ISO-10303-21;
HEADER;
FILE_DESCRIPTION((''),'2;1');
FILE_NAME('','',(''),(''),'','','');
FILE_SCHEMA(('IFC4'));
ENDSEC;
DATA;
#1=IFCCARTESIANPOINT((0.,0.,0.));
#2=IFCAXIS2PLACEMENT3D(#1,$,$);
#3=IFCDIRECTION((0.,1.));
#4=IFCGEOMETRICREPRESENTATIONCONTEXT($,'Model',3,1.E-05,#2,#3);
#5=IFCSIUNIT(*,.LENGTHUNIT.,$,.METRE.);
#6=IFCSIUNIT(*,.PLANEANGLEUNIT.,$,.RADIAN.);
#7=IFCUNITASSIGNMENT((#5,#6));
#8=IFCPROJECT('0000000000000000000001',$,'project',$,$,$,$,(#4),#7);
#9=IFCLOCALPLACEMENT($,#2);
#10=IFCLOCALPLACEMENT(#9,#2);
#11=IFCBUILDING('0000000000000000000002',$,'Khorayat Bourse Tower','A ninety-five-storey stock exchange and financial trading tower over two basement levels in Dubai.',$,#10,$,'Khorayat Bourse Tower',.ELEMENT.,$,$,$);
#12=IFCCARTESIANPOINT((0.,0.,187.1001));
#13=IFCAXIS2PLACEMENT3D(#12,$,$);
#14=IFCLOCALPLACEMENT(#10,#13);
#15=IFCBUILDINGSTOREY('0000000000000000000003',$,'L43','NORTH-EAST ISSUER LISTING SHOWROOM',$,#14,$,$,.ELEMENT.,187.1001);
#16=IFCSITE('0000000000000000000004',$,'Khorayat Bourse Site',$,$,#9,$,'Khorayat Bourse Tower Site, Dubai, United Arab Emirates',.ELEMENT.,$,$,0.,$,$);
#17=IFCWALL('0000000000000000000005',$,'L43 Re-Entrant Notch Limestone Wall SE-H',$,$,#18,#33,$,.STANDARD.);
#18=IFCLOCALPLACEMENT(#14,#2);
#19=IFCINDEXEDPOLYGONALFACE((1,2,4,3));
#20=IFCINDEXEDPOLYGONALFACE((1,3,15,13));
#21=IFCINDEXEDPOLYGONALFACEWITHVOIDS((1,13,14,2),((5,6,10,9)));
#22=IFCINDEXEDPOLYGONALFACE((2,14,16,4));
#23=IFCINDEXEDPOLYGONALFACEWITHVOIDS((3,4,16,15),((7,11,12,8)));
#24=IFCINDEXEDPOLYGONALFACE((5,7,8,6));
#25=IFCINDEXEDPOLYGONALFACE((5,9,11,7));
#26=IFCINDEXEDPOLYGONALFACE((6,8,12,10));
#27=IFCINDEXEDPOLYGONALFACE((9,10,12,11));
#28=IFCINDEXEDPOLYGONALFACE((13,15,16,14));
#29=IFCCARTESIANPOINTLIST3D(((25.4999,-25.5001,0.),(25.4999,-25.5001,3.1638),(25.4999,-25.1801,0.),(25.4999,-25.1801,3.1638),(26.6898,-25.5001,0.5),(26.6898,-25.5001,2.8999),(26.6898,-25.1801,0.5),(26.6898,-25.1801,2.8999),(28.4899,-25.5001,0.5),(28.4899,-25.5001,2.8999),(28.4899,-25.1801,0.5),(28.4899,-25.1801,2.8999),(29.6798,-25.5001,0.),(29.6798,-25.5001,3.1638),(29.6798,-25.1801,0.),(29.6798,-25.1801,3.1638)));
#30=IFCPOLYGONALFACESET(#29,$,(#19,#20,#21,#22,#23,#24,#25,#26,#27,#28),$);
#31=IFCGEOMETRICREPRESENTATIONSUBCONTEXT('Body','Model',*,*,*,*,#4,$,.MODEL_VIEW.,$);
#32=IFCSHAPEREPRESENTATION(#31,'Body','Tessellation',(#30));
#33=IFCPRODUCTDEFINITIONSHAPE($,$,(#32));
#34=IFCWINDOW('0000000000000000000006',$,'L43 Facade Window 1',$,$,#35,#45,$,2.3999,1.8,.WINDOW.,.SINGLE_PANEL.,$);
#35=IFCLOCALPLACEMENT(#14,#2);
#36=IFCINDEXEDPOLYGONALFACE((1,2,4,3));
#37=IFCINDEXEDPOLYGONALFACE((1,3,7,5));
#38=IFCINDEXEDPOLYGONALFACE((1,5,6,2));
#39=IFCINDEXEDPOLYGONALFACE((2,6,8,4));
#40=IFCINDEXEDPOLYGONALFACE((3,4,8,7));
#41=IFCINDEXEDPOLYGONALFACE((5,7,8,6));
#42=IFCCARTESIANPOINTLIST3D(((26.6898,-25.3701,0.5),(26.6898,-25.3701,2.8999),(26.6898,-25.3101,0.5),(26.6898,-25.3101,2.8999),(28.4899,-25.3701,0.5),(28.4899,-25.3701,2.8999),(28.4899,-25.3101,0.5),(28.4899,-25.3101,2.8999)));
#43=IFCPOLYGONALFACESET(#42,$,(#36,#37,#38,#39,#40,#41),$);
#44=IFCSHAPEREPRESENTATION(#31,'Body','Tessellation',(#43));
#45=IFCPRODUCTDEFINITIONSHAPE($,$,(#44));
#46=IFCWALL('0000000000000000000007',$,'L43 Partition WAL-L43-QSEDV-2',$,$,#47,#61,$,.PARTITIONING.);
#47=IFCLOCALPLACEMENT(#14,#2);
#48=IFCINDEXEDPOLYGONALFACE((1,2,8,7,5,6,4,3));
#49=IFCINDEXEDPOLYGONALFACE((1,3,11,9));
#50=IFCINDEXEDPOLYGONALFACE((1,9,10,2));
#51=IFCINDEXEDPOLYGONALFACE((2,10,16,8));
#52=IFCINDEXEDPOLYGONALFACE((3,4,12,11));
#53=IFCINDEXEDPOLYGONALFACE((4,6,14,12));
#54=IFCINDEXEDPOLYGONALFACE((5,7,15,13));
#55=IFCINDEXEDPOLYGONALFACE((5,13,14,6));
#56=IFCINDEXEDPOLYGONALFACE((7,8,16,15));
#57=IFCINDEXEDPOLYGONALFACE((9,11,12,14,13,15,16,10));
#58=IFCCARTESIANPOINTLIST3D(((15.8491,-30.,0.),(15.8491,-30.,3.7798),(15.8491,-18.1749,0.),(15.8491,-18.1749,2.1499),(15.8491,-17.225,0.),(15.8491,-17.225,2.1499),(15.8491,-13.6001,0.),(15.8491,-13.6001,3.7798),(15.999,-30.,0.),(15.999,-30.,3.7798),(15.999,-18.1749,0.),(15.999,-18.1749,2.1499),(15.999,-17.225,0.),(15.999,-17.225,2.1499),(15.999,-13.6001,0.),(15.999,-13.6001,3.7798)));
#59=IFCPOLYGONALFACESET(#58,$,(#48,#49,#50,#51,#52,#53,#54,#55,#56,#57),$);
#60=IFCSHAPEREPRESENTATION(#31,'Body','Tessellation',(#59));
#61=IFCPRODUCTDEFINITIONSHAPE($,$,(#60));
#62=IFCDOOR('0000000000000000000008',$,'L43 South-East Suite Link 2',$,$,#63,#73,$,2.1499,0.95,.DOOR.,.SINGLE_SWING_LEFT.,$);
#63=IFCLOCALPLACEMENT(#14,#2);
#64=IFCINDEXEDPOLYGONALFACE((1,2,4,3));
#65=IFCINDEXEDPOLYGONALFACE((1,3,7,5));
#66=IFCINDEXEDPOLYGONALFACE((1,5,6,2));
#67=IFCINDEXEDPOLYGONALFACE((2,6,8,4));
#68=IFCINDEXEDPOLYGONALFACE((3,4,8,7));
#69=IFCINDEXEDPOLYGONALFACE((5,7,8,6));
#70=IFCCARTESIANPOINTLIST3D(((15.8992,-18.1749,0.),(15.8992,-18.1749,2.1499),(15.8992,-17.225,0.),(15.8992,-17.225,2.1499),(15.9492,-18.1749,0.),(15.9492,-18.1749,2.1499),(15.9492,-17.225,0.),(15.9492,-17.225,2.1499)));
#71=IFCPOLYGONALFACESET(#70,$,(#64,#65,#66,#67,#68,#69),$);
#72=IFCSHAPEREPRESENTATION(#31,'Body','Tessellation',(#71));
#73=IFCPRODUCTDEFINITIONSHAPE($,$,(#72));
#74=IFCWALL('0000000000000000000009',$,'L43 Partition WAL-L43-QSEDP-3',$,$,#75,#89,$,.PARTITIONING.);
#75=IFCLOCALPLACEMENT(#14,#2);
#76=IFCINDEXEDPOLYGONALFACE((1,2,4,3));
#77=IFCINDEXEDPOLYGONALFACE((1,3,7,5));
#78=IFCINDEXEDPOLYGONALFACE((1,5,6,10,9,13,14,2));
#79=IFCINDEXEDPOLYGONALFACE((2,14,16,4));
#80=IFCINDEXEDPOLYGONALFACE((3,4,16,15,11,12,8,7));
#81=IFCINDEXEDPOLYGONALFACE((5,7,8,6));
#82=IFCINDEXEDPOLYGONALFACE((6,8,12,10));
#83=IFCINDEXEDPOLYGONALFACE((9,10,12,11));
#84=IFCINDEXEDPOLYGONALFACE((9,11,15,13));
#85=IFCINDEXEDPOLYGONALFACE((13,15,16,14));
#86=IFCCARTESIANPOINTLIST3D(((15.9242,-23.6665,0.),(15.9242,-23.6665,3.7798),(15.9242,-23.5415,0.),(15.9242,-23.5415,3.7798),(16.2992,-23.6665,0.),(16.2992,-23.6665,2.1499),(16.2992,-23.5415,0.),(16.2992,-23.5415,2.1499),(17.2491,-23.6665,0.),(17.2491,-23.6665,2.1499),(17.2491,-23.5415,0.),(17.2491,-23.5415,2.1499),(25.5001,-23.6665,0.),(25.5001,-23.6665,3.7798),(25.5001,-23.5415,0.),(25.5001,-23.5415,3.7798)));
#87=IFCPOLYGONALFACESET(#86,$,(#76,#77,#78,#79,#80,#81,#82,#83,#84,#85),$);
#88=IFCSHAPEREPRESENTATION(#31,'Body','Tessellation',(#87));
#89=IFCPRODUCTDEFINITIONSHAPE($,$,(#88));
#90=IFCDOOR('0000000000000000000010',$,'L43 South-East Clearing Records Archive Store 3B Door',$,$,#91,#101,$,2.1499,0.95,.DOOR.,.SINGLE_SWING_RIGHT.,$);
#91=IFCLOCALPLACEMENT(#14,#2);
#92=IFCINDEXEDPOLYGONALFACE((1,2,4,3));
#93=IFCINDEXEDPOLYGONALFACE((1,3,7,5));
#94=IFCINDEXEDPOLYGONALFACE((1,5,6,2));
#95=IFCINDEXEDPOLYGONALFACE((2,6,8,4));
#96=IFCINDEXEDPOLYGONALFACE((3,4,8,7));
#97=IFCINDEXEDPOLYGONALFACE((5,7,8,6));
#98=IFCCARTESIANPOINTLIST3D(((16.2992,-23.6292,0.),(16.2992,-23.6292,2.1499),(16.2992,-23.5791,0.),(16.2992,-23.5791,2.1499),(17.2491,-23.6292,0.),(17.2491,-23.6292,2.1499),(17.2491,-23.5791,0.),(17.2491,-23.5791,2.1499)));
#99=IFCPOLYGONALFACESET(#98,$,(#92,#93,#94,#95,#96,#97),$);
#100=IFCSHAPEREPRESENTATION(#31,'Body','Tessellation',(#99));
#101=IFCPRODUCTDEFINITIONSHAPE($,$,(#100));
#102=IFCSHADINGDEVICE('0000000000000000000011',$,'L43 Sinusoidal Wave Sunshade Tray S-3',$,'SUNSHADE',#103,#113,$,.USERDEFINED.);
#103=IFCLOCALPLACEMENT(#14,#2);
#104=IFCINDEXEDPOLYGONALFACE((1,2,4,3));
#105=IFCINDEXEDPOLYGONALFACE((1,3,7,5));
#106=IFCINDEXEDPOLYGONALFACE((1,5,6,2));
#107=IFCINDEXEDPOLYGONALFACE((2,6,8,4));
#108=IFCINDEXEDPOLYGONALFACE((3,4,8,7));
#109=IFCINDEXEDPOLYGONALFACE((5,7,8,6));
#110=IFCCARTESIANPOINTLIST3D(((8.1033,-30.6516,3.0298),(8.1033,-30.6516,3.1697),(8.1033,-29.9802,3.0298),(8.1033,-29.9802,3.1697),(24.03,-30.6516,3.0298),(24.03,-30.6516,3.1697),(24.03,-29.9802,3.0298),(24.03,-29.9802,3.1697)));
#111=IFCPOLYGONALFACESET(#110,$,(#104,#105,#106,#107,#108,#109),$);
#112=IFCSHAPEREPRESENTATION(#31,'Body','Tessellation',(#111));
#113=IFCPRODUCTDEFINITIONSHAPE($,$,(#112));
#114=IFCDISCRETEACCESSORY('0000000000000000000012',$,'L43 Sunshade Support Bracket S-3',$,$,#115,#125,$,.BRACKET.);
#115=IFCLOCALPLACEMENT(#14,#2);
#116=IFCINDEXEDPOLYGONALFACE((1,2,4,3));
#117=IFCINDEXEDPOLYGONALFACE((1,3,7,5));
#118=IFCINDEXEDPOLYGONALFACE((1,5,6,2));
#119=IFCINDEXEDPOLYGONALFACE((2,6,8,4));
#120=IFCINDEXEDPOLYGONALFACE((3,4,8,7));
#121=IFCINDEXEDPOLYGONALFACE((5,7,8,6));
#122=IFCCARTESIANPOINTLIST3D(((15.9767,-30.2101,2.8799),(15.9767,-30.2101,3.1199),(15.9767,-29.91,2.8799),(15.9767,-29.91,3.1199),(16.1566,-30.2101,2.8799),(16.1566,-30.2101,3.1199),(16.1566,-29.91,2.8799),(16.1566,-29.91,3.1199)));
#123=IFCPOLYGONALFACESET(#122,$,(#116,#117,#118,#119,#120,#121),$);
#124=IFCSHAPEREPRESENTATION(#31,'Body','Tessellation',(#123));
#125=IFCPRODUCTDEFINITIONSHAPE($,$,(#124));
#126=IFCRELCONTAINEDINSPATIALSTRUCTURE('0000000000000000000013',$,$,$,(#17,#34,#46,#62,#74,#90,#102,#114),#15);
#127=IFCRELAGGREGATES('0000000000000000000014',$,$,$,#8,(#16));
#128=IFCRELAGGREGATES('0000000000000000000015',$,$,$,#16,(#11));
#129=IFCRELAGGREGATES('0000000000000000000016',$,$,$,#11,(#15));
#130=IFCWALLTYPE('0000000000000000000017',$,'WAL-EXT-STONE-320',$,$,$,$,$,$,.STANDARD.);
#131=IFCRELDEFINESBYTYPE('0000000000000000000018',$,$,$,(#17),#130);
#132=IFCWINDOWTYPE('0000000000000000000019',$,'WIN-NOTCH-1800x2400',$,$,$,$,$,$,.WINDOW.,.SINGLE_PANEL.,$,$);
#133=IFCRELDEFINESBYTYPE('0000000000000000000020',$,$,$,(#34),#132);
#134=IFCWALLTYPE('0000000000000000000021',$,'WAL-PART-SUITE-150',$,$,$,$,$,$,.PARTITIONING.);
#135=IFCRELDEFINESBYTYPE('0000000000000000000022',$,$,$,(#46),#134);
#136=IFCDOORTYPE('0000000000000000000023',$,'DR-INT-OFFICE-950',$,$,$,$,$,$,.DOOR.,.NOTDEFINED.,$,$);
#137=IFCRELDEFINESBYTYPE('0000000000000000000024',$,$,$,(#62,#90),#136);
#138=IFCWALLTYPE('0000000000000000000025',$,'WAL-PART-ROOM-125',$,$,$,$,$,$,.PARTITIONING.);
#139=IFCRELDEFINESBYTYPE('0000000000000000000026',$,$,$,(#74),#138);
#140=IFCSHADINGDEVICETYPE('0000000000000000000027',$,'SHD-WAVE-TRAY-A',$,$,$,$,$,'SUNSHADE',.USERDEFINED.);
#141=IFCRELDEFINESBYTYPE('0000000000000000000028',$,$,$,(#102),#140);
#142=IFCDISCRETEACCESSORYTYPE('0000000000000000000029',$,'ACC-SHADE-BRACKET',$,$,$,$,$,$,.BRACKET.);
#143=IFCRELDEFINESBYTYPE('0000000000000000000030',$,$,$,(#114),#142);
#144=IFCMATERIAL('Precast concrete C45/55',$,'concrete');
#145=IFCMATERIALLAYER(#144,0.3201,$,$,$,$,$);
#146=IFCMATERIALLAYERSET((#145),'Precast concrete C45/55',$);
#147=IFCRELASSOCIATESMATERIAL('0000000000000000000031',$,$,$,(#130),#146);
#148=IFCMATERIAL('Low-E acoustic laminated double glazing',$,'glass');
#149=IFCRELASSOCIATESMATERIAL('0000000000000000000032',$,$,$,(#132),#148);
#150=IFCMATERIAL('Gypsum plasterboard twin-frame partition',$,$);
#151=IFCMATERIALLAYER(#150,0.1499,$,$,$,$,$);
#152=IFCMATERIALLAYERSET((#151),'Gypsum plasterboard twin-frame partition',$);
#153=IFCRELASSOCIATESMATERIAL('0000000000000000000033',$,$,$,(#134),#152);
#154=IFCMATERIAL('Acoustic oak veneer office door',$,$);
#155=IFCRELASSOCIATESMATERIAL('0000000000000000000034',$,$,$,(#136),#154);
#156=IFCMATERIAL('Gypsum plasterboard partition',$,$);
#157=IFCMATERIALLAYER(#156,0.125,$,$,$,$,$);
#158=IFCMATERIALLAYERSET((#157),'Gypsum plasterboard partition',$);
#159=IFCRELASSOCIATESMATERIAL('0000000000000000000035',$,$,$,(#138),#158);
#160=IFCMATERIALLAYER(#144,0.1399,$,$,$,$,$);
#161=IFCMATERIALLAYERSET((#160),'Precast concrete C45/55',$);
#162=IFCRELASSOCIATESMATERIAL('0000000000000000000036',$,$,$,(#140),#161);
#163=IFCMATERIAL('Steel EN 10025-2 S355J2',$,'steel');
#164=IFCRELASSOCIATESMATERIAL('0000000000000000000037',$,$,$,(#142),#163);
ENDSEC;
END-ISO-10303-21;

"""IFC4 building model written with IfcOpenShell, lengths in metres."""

from ifc_helpers import new_model, si_unit, direction, frame, frame_2d, origin, origin_2d, place, context, subcontext, project, spatial, rectangle, extrude, source, transform, mapped, material, layer, layer_set, type_object, element, fill, save


model = new_model("IFC4")

# Units and contexts
model_context = context("Model", 3, precision=1e-05, world=origin(), true_north=direction((0.0, 1.0)))
body_context = subcontext(model_context, "Body", "Model", "MODEL_VIEW")
ifc_project = project(units=[si_unit("LENGTHUNIT", "METRE"), si_unit("PLANEANGLEUNIT", "RADIAN")], contexts=[model_context])

# Site, building, storey
site_placement = place(None, origin())
site = spatial("IfcSite", under=ifc_project, at=site_placement, Name="Khorayat Bourse Site", LongName="Khorayat Bourse Tower Site, Dubai, United Arab Emirates", CompositionType="ELEMENT", RefElevation=0.0)
building_placement = place(site_placement, origin())
building = spatial("IfcBuilding", under=site, at=building_placement, Name="Khorayat Bourse Tower", Description="A ninety-five-storey stock exchange and financial trading tower over two basement levels in Dubai.", LongName="Khorayat Bourse Tower", CompositionType="ELEMENT")
storey_placement = place(building_placement, frame((0.0, 0.0, 187.1001)))
storey = spatial("IfcBuildingStorey", under=building, at=storey_placement, Name="L43", Description="NORTH-EAST ISSUER LISTING SHOWROOM", CompositionType="ELEMENT", Elevation=187.1001)

# Wall, opening, window
ifc_material_1 = material(Name="Precast concrete C45/55", Category="concrete")
ifc_layer_1 = layer(ifc_material_1, 0.3201)
ifc_layer_set_1 = layer_set([ifc_layer_1], Name="Precast concrete C45/55")
wall_type_1 = type_object("IfcWallType", Name="WAL-EXT-STONE-320", PredefinedType="STANDARD", material=ifc_layer_set_1)
shared_shape_1 = source(origin(), body_context, "Body", "SweptSolid", [
    extrude(rectangle(XDim=4.1799, YDim=0.3201, at=frame_2d((2.0898, 0.0))), origin(), (0.0, 0.0, 1.0), 3.1638),
])
shared_shape_2 = source(origin(), body_context, "Body", "SweptSolid", [
    extrude(rectangle(XDim=1.8, YDim=2.3999, at=frame_2d((0.8999, 1.2))), frame((0.0, 0.1699, 0.0), z_axis=(0.0, -1.0, 0.0), x_axis=(1.0, 0.0, 0.0)), (0.0, 0.0, 1.0), 0.3401),
])
ifc_material_2 = material(Name="Low-E acoustic laminated double glazing", Category="glass")
window_type = type_object("IfcWindowType", Name="WIN-NOTCH-1800x2400", PartitioningType="SINGLE_PANEL", PredefinedType="WINDOW", material=ifc_material_2)
shared_shape_3 = source(origin(), body_context, "Body", "SweptSolid", [
    extrude(rectangle(XDim=1.8, YDim=2.3999, at=frame_2d((0.8999, 1.2))), frame((0.0, 0.03, 0.0), z_axis=(0.0, -1.0, 0.0), x_axis=(1.0, 0.0, 0.0)), (0.0, 0.0, 1.0), 0.0601),
])
wall_1_placement = place(storey_placement, frame((25.5, -25.3401, 0.0), z_axis=(0.0, 0.0, 1.0), x_axis=(1.0, 0.0, 0.0)))
wall_1 = element("IfcWall", 1, at=wall_1_placement, inside=storey, type_object=wall_type_1, Name="L43 Re-Entrant Notch Limestone Wall SE-H", PredefinedType="STANDARD", context=body_context, shape_type="MappedRepresentation", body=[
    mapped(shared_shape_1, transform((0.0, 0.0, 0.0), scale=1.0)),
])
opening_1_placement = place(wall_1_placement, frame((1.1899, 0.0, 0.5)))
opening_1 = element("IfcOpeningElement", 2, at=opening_1_placement, cuts=wall_1, PredefinedType="OPENING", context=body_context, shape_type="MappedRepresentation", body=[
    mapped(shared_shape_2, transform((0.0, 0.0, 0.0), scale=1.0)),
])
window_1_placement = place(opening_1_placement, origin())
window_1 = element("IfcWindow", 3, at=window_1_placement, inside=storey, type_object=window_type, Name="L43 Facade Window 1", OverallHeight=2.3999, OverallWidth=1.8, PartitioningType="SINGLE_PANEL", PredefinedType="WINDOW", context=body_context, shape_type="MappedRepresentation", body=[
    mapped(shared_shape_3, transform((0.0, 0.0, 0.0), scale=1.0)),
])
fill(opening_1, window_1)

# Walls, openings, doors
ifc_material_3 = material(Name="Gypsum plasterboard twin-frame partition")
ifc_layer_2 = layer(ifc_material_3, 0.1499)
ifc_layer_set_2 = layer_set([ifc_layer_2], Name="Gypsum plasterboard twin-frame partition")
wall_type_2 = type_object("IfcWallType", Name="WAL-PART-SUITE-150", PredefinedType="PARTITIONING", material=ifc_layer_set_2)
shared_shape_4 = source(origin(), body_context, "Body", "SweptSolid", [
    extrude(rectangle(XDim=16.3999, YDim=0.1499, at=frame_2d((8.2, 0.0))), origin(), (0.0, 0.0, 1.0), 3.7798),
])
wall_2_placement = place(storey_placement, frame((15.9241, -30.0, 0.0), z_axis=(0.0, 0.0, 1.0), x_axis=(0.0, 1.0, 0.0)))
wall_2 = element("IfcWall", 4, at=wall_2_placement, inside=storey, type_object=wall_type_2, Name="L43 Partition WAL-L43-QSEDV-2", PredefinedType="PARTITIONING", context=body_context, shape_type="MappedRepresentation", body=[
    mapped(shared_shape_4, transform((0.0, 0.0, 0.0), scale=1.0)),
])
shared_shape_5 = source(origin(), body_context, "Body", "SweptSolid", [
    extrude(rectangle(XDim=0.95, YDim=2.1499, at=frame_2d((0.4751, 1.075))), frame((0.0, 0.085, 0.0), z_axis=(0.0, -1.0, 0.0), x_axis=(1.0, 0.0, 0.0)), (0.0, 0.0, 1.0), 0.1699),
])
opening_2_placement = place(wall_2_placement, frame((11.825, 0.0, 0.0)))
opening_2 = element("IfcOpeningElement", 5, at=opening_2_placement, cuts=wall_2, PredefinedType="OPENING", context=body_context, shape_type="MappedRepresentation", body=[
    mapped(shared_shape_5, transform((0.0, 0.0, 0.0), scale=1.0)),
])
ifc_material_4 = material(Name="Acoustic oak veneer office door")
door_type = type_object("IfcDoorType", Name="DR-INT-OFFICE-950", OperationType="NOTDEFINED", PredefinedType="DOOR", material=ifc_material_4)
shared_shape_6 = source(origin(), body_context, "Body", "SweptSolid", [
    extrude(rectangle(XDim=0.95, YDim=2.1499, at=frame_2d((0.4751, 1.075))), frame((0.0, 0.0249, 0.0), z_axis=(0.0, -1.0, 0.0), x_axis=(1.0, 0.0, 0.0)), (0.0, 0.0, 1.0), 0.05),
])
door_1_placement = place(opening_2_placement, origin())
door_1 = element("IfcDoor", 6, at=door_1_placement, inside=storey, type_object=door_type, Name="L43 South-East Suite Link 2", OperationType="SINGLE_SWING_LEFT", OverallHeight=2.1499, OverallWidth=0.95, PredefinedType="DOOR", context=body_context, shape_type="MappedRepresentation", body=[
    mapped(shared_shape_6, transform((0.0, 0.0, 0.0), scale=1.0)),
])
fill(opening_2, door_1)
ifc_material_5 = material(Name="Gypsum plasterboard partition")
ifc_layer_3 = layer(ifc_material_5, 0.125)
ifc_layer_set_3 = layer_set([ifc_layer_3], Name="Gypsum plasterboard partition")
wall_type_3 = type_object("IfcWallType", Name="WAL-PART-ROOM-125", PredefinedType="PARTITIONING", material=ifc_layer_set_3)
shared_shape_7 = source(origin(), body_context, "Body", "SweptSolid", [
    extrude(rectangle(XDim=9.5759, YDim=0.125, at=frame_2d((4.7881, 0.0))), origin(), (0.0, 0.0, 1.0), 3.7798),
])
wall_3_placement = place(storey_placement, frame((15.9241, -23.604, 0.0), z_axis=(0.0, 0.0, 1.0), x_axis=(1.0, 0.0, 0.0)))
wall_3 = element("IfcWall", 7, at=wall_3_placement, inside=storey, type_object=wall_type_3, Name="L43 Partition WAL-L43-QSEDP-3", PredefinedType="PARTITIONING", context=body_context, shape_type="MappedRepresentation", body=[
    mapped(shared_shape_7, transform((0.0, 0.0, 0.0), scale=1.0)),
])
shared_shape_8 = source(origin(), body_context, "Body", "SweptSolid", [
    extrude(rectangle(XDim=0.95, YDim=2.1499, at=frame_2d((0.4751, 1.075))), frame((0.0, 0.0725, 0.0), z_axis=(0.0, -1.0, 0.0), x_axis=(1.0, 0.0, 0.0)), (0.0, 0.0, 1.0), 0.145),
])
opening_3_placement = place(wall_3_placement, frame((0.375, 0.0, 0.0)))
opening_3 = element("IfcOpeningElement", 8, at=opening_3_placement, cuts=wall_3, PredefinedType="OPENING", context=body_context, shape_type="MappedRepresentation", body=[
    mapped(shared_shape_8, transform((0.0, 0.0, 0.0), scale=1.0)),
])
door_2_placement = place(opening_3_placement, origin())
door_2 = element("IfcDoor", 9, at=door_2_placement, inside=storey, type_object=door_type, Name="L43 South-East Clearing Records Archive Store 3B Door", OperationType="SINGLE_SWING_RIGHT", OverallHeight=2.1499, OverallWidth=0.95, PredefinedType="DOOR", context=body_context, shape_type="MappedRepresentation", body=[
    mapped(shared_shape_6, transform((0.0, 0.0, 0.0), scale=1.0)),
])
fill(opening_3, door_2)

# Shading device
ifc_layer_4 = layer(ifc_material_1, 0.1399)
ifc_layer_set_4 = layer_set([ifc_layer_4], Name="Precast concrete C45/55")
shading_device_type = type_object("IfcShadingDeviceType", Name="SHD-WAVE-TRAY-A", ElementType="SUNSHADE", PredefinedType="USERDEFINED", material=ifc_layer_set_4)
shared_shape_9 = source(origin(), body_context, "Body", "SweptSolid", [
    extrude(rectangle(XDim=15.9268, YDim=0.6714, at=origin_2d()), origin(), (0.0, 0.0, 1.0), 0.1399),
])
shading_device_placement = place(storey_placement, frame((16.0667, -30.3159, 3.0298), z_axis=(0.0, 0.0, 1.0), x_axis=(1.0, 0.0, 0.0)))
element("IfcShadingDevice", 10, at=shading_device_placement, inside=storey, type_object=shading_device_type, Name="L43 Sinusoidal Wave Sunshade Tray S-3", ObjectType="SUNSHADE", PredefinedType="USERDEFINED", context=body_context, shape_type="MappedRepresentation", body=[
    mapped(shared_shape_9, transform((0.0, 0.0, 0.0), scale=1.0)),
])

# Discrete accessory
ifc_material_6 = material(Name="Steel EN 10025-2 S355J2", Category="steel")
discrete_accessory_type = type_object("IfcDiscreteAccessoryType", Name="ACC-SHADE-BRACKET", PredefinedType="BRACKET", material=ifc_material_6)
shared_shape_10 = source(origin(), body_context, "Body", "SweptSolid", [
    extrude(rectangle(XDim=0.1799, YDim=0.3, at=origin_2d()), origin(), (0.0, 0.0, 1.0), 0.24),
])
discrete_accessory_placement = place(storey_placement, frame((16.0667, -30.0601, 2.8799), z_axis=(0.0, 0.0, 1.0), x_axis=(1.0, 0.0, 0.0)))
element("IfcDiscreteAccessory", 11, at=discrete_accessory_placement, inside=storey, type_object=discrete_accessory_type, Name="L43 Sunshade Support Bracket S-3", PredefinedType="BRACKET", context=body_context, shape_type="MappedRepresentation", body=[
    mapped(shared_shape_10, transform((0.0, 0.0, 0.0), scale=1.0)),
])

save(model, "model.ifc")
